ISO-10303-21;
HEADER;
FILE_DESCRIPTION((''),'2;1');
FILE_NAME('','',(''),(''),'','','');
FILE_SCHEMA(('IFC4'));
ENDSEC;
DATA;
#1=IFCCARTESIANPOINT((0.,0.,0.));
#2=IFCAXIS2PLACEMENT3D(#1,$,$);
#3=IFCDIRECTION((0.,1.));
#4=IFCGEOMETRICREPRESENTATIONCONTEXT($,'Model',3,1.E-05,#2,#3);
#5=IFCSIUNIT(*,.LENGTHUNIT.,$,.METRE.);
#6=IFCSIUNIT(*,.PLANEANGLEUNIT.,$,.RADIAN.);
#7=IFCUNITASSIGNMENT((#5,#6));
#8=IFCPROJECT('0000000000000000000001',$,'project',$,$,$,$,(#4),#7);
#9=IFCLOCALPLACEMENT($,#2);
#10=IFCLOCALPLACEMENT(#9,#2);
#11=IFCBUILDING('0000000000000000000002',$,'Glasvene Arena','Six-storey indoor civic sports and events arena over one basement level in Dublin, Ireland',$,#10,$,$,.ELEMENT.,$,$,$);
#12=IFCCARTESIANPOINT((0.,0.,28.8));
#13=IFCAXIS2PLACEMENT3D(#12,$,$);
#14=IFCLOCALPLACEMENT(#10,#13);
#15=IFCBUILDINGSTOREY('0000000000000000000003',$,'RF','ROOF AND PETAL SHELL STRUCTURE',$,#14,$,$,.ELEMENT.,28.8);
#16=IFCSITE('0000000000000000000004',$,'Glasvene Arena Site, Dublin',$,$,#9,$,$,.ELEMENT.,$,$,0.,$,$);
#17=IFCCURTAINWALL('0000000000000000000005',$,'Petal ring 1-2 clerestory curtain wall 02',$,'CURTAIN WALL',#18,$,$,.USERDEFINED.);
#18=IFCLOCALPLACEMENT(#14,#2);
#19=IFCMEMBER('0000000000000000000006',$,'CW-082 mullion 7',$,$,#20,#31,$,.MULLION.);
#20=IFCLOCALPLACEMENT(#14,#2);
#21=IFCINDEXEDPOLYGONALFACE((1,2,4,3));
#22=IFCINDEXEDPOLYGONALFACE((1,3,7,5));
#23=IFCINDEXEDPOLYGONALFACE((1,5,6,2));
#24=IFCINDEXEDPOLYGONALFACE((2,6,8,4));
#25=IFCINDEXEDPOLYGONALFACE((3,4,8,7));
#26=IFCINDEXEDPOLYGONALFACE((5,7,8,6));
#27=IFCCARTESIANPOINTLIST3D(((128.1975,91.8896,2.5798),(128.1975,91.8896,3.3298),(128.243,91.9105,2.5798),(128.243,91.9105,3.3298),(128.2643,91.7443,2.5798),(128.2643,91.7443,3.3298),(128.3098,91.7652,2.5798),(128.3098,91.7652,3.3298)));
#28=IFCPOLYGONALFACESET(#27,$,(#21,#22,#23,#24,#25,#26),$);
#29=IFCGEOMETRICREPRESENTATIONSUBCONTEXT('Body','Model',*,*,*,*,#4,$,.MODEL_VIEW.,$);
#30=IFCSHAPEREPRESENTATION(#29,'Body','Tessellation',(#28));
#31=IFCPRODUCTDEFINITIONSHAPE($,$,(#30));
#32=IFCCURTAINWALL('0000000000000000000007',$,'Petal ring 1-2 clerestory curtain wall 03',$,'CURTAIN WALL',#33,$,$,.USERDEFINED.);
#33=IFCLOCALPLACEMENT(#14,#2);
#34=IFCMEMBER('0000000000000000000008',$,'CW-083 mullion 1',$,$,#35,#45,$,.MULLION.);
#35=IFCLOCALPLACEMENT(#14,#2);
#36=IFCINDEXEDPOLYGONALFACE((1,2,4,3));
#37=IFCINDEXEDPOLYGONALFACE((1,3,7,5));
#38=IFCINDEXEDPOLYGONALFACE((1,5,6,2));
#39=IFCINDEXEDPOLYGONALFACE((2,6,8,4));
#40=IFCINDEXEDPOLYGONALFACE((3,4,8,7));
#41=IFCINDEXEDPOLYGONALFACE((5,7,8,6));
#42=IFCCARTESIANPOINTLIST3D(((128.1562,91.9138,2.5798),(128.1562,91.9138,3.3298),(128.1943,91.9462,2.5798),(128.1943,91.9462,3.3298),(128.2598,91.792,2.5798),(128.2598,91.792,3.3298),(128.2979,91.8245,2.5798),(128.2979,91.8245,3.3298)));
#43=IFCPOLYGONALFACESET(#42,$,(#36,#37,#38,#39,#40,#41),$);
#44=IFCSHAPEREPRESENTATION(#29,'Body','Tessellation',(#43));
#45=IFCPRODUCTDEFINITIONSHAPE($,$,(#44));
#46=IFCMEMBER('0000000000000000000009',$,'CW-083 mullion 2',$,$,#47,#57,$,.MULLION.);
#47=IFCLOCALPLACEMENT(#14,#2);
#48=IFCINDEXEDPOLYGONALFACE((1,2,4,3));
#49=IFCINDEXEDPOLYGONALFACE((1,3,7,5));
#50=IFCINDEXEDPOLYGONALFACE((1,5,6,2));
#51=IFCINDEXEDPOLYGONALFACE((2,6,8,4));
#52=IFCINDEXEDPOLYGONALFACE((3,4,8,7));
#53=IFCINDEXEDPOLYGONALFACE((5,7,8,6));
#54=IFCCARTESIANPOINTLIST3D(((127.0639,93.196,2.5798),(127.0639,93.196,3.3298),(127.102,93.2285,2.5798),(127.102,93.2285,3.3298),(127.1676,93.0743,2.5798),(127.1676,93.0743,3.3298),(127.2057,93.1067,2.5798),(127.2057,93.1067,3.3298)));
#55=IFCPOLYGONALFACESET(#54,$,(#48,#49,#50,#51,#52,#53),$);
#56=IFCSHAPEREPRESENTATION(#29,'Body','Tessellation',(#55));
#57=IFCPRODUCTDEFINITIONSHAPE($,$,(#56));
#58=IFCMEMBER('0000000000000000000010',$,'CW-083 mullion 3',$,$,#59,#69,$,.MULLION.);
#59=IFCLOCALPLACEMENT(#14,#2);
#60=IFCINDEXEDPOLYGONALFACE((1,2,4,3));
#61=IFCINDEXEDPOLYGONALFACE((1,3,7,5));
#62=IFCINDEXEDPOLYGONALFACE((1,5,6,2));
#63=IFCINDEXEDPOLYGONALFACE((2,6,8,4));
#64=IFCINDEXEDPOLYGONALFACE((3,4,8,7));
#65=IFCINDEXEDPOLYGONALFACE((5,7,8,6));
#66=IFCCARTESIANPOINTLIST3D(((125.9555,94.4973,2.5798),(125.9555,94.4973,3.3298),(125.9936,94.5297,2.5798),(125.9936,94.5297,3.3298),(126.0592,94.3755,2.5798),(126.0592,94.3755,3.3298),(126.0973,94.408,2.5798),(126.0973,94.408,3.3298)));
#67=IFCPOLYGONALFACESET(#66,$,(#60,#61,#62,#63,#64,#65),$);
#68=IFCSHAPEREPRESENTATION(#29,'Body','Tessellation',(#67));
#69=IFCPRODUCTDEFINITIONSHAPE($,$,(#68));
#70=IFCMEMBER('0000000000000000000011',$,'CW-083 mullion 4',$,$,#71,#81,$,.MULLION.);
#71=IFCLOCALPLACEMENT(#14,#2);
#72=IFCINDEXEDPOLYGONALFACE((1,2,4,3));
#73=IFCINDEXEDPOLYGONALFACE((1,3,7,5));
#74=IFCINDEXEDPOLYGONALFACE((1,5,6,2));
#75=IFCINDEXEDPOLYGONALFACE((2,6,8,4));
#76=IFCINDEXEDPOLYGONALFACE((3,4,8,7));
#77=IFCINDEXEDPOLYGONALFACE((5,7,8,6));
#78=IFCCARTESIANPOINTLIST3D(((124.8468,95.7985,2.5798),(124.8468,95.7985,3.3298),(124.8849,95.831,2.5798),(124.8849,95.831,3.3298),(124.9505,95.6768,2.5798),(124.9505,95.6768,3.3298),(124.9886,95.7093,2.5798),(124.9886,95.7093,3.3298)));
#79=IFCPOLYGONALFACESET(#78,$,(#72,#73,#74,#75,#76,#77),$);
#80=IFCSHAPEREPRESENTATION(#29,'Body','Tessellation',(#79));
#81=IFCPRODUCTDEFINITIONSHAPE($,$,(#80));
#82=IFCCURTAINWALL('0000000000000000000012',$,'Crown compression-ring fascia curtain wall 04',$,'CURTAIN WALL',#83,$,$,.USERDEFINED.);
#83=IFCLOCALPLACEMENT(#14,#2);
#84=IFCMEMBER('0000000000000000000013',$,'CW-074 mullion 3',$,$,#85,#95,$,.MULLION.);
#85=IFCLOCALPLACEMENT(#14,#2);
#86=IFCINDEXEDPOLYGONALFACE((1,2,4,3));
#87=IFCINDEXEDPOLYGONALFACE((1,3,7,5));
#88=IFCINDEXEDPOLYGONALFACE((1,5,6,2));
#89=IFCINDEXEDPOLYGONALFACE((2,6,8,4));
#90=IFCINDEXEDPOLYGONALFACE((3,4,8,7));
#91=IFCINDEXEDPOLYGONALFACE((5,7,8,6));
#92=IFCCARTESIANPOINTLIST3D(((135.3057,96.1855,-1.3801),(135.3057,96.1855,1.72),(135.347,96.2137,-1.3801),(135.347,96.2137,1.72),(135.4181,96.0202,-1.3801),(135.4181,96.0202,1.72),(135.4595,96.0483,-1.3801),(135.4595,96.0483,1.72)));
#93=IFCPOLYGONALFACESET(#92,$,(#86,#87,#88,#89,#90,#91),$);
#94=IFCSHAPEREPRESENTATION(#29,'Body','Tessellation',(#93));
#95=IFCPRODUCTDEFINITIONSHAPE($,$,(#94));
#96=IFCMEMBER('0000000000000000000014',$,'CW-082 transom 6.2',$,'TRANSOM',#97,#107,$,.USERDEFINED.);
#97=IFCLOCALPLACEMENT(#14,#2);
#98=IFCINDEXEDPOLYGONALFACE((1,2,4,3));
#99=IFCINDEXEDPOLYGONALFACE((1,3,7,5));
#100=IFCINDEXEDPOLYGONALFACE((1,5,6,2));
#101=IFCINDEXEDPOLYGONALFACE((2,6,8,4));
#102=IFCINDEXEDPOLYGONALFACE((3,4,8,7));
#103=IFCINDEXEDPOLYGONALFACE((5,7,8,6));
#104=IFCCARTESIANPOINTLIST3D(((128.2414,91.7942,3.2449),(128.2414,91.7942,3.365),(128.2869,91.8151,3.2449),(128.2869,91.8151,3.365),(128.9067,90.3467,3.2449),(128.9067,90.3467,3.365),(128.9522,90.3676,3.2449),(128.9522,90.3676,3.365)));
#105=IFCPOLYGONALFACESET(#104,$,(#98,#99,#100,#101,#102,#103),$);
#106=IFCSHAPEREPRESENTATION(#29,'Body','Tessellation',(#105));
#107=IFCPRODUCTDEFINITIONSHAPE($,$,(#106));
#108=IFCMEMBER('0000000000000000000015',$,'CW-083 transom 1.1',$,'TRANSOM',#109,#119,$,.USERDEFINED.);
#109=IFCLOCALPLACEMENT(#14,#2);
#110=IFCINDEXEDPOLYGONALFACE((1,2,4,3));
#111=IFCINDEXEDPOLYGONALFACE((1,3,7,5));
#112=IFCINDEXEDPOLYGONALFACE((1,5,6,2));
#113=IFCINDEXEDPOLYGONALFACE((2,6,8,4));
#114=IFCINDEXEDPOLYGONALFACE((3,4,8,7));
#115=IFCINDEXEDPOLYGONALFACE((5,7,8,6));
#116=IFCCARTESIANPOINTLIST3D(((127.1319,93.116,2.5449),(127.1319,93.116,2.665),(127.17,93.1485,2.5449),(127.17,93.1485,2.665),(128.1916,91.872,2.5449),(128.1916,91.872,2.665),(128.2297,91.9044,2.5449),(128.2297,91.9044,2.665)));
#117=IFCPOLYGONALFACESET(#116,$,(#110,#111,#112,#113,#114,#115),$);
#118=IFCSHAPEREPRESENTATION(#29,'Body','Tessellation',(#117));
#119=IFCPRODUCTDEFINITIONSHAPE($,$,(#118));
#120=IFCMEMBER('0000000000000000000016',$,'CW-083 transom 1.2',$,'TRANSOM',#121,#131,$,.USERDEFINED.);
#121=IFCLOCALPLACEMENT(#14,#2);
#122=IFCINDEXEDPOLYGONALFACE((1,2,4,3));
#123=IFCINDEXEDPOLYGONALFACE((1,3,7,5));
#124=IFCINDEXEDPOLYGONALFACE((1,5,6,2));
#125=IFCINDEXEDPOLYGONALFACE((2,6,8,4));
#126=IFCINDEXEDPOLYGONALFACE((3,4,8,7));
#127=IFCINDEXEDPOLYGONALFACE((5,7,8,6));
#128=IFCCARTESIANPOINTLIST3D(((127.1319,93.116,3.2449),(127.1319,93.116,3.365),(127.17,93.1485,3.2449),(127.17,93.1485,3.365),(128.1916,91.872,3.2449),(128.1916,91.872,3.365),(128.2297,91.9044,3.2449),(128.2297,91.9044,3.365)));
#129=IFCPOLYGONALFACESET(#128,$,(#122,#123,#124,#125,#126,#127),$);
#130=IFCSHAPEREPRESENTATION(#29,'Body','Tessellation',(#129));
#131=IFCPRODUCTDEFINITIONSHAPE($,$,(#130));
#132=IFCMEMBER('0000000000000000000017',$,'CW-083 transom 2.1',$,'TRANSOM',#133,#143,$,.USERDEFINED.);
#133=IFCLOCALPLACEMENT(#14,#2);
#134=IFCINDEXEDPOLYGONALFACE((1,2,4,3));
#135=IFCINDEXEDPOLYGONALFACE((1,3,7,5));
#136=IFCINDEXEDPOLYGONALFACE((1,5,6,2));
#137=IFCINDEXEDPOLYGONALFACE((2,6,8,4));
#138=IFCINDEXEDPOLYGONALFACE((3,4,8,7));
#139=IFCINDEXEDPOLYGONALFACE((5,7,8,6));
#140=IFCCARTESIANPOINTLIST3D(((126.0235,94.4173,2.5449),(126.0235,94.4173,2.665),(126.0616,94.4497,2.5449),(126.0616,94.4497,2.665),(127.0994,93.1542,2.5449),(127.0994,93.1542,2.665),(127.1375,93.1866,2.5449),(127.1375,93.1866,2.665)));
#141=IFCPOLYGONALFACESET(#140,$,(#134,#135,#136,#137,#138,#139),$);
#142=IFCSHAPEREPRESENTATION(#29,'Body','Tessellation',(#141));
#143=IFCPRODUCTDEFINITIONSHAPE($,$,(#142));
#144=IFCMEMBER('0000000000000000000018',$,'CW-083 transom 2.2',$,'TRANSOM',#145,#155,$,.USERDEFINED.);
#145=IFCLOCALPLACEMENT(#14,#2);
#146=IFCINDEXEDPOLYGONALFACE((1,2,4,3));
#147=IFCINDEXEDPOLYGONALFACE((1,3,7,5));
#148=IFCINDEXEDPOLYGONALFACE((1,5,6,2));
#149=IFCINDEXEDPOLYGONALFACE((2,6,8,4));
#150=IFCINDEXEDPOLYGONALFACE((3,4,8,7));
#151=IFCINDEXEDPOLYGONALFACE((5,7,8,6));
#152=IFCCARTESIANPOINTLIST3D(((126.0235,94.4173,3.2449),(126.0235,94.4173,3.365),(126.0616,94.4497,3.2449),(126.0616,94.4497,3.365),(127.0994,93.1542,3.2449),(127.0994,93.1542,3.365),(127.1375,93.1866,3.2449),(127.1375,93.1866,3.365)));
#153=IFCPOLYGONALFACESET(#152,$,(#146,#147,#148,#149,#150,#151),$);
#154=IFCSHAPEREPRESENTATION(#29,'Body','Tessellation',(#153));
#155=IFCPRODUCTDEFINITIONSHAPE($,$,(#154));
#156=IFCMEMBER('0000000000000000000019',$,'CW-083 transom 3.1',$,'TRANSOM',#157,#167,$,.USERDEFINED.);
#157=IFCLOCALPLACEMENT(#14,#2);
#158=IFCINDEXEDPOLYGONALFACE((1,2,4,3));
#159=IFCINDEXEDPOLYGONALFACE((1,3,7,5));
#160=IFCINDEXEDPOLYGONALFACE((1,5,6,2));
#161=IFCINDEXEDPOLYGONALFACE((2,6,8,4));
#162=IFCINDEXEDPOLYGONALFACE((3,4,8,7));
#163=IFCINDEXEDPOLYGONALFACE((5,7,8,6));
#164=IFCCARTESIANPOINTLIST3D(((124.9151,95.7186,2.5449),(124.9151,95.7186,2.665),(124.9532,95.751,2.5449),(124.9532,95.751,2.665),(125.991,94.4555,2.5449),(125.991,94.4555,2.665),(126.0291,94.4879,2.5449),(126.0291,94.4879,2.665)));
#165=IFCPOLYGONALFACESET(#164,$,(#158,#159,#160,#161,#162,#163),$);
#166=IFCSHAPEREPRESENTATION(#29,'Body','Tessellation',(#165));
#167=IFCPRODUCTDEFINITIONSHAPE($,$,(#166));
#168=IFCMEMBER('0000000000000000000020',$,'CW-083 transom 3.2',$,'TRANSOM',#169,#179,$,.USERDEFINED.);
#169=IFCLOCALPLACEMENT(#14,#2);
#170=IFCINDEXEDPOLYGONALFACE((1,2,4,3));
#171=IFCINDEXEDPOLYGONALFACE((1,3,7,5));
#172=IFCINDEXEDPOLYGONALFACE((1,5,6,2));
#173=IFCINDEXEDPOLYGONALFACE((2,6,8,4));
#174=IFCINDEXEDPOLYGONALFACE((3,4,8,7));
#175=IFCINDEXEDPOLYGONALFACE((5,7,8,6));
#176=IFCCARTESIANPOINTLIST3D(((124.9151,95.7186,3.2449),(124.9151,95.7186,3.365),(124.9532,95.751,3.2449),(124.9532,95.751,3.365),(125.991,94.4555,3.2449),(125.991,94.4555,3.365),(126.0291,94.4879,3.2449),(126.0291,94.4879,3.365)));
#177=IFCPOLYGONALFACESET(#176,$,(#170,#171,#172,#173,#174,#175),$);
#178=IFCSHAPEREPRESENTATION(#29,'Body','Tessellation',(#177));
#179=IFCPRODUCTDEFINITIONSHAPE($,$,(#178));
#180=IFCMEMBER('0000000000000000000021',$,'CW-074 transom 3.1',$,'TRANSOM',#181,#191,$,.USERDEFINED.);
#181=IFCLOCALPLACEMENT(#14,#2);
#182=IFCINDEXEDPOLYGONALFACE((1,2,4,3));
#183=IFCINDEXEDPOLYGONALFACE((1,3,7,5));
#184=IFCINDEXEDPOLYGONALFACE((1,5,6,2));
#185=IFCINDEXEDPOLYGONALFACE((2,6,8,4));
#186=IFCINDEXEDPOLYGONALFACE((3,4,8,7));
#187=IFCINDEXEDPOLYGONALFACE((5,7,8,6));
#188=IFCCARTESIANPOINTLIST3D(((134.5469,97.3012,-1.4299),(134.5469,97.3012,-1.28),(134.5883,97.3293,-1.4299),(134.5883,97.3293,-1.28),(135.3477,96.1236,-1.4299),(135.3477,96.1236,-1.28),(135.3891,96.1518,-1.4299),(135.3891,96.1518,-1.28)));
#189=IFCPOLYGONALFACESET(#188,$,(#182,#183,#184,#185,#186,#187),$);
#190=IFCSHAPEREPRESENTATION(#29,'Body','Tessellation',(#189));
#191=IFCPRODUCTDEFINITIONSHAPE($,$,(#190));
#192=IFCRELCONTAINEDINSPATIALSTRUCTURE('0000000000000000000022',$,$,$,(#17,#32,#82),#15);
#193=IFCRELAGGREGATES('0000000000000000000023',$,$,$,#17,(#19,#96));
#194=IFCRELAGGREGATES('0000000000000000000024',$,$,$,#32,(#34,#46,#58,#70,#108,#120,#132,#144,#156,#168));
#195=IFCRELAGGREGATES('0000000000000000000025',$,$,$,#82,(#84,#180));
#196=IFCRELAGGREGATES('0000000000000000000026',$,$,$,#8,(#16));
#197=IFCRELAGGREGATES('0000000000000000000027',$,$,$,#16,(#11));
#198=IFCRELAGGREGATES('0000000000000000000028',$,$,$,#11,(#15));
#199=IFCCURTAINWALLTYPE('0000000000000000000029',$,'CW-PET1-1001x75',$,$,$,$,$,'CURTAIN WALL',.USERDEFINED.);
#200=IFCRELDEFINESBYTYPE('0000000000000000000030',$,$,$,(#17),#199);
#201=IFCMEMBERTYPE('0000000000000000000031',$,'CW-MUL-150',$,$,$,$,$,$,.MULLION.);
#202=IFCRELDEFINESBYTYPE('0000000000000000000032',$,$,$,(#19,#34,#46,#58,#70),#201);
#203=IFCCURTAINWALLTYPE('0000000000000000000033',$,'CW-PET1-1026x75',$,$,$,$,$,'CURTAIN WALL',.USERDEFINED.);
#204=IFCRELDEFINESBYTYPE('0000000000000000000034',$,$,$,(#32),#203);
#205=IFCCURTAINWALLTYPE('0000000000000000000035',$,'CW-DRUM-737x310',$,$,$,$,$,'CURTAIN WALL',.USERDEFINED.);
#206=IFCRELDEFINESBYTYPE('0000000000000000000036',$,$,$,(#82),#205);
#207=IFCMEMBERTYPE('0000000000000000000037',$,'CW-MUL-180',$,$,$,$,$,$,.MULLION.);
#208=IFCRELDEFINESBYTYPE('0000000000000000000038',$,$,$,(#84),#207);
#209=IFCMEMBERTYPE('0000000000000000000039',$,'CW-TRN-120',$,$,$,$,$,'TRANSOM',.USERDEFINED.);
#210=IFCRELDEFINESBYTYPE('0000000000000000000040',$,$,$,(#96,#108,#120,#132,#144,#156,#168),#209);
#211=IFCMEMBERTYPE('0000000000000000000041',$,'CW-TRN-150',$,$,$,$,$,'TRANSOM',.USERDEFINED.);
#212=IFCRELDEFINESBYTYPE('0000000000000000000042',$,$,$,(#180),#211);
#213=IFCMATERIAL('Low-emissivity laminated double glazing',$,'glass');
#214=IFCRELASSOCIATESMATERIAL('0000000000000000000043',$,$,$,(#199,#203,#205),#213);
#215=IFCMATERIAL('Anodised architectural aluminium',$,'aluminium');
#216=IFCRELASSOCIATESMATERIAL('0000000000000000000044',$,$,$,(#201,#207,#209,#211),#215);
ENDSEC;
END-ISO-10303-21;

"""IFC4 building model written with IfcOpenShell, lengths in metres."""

from ifc_helpers import new_model, si_unit, direction, frame, origin, origin_2d, place, context, subcontext, project, spatial, rectangle, extrude, material, material_profile, profile_set, type_object, element, aggregate, save


model = new_model("IFC4")

# Units and contexts
model_context = context("Model", 3, precision=1e-05, world=origin(), true_north=direction((0.0, 1.0)))
body_context = subcontext(model_context, "Body", "Model", "MODEL_VIEW")
ifc_project = project(units=[si_unit("LENGTHUNIT", "METRE"), si_unit("PLANEANGLEUNIT", "RADIAN")], contexts=[model_context])

# Site, building, storey
site_placement = place(None, origin())
site = spatial("IfcSite", under=ifc_project, at=site_placement, Name="Glasvene Arena Site, Dublin", CompositionType="ELEMENT", RefElevation=0.0)
building_placement = place(site_placement, origin())
building = spatial("IfcBuilding", under=site, at=building_placement, Name="Glasvene Arena", Description="Six-storey indoor civic sports and events arena over one basement level in Dublin, Ireland", CompositionType="ELEMENT")
storey_placement = place(building_placement, frame((0.0, 0.0, 28.8)))
storey = spatial("IfcBuildingStorey", under=building, at=storey_placement, Name="RF", Description="ROOF AND PETAL SHELL STRUCTURE", CompositionType="ELEMENT", Elevation=28.8)

# Curtain wall, member
ifc_material_1 = material(Name="Low-emissivity laminated double glazing", Category="glass")
curtain_wall_type_1 = type_object("IfcCurtainWallType", Name="CW-PET1-1001x75", ElementType="CURTAIN WALL", PredefinedType="USERDEFINED", material=ifc_material_1)
curtain_wall_1_placement = place(storey_placement, frame((132.4241, 82.7576, 0.0)))
curtain_wall_1 = element("IfcCurtainWall", 1, at=curtain_wall_1_placement, inside=storey, type_object=curtain_wall_type_1, Name="Petal ring 1-2 clerestory curtain wall 02", ObjectType="CURTAIN WALL", PredefinedType="USERDEFINED")
ifc_material_2 = material(Name="Anodised architectural aluminium", Category="aluminium")
ifc_material_profile_1 = material_profile(ifc_material_2, rectangle(XDim=0.05, YDim=0.1599, at=origin_2d()), Name="ALU MULLION 50x160")
ifc_profile_set_1 = profile_set([ifc_material_profile_1], Name="Anodised architectural aluminium")
member_type_1 = type_object("IfcMemberType", Name="CW-MUL-150", PredefinedType="MULLION", material=ifc_profile_set_1)
member_1_placement = place(storey_placement, frame((128.2537, 91.8274, 2.5798), z_axis=(0.0, 0.0, 1.0), x_axis=(-0.908557, -0.417761, 0.0)))
member_1 = element("IfcMember", 2, at=member_1_placement, type_object=member_type_1, Name="CW-082 mullion 7", PredefinedType="MULLION", context=body_context, shape_type="SweptSolid", body=[
    extrude(rectangle(XDim=0.05, YDim=0.1599, at=origin_2d()), origin(), (0.0, 0.0, 1.0), 0.75),
])

# Curtain wall, members
curtain_wall_type_2 = type_object("IfcCurtainWallType", Name="CW-PET1-1026x75", ElementType="CURTAIN WALL", PredefinedType="USERDEFINED", material=ifc_material_1)
curtain_wall_2_placement = place(storey_placement, frame((128.2432, 91.8501, 0.0)))
curtain_wall_2 = element("IfcCurtainWall", 3, at=curtain_wall_2_placement, inside=storey, type_object=curtain_wall_type_2, Name="Petal ring 1-2 clerestory curtain wall 03", ObjectType="CURTAIN WALL", PredefinedType="USERDEFINED")
member_2_placement = place(storey_placement, frame((128.2271, 91.8691, 2.5798), z_axis=(0.0, 0.0, 1.0), x_axis=(-0.761261, -0.648445, 0.0)))
member_2 = element("IfcMember", 4, at=member_2_placement, type_object=member_type_1, Name="CW-083 mullion 1", PredefinedType="MULLION", context=body_context, shape_type="SweptSolid", body=[
    extrude(rectangle(XDim=0.05, YDim=0.1599, at=origin_2d()), origin(), (0.0, 0.0, 1.0), 0.75),
])
member_3_placement = place(storey_placement, frame((127.1348, 93.1514, 2.5798), z_axis=(0.0, 0.0, 1.0), x_axis=(-0.761261, -0.648445, 0.0)))
member_3 = element("IfcMember", 5, at=member_3_placement, type_object=member_type_1, Name="CW-083 mullion 2", PredefinedType="MULLION", context=body_context, shape_type="SweptSolid", body=[
    extrude(rectangle(XDim=0.05, YDim=0.1599, at=origin_2d()), origin(), (0.0, 0.0, 1.0), 0.75),
])
member_4_placement = place(storey_placement, frame((126.0264, 94.4526, 2.5798), z_axis=(0.0, 0.0, 1.0), x_axis=(-0.761261, -0.648445, 0.0)))
member_4 = element("IfcMember", 6, at=member_4_placement, type_object=member_type_1, Name="CW-083 mullion 3", PredefinedType="MULLION", context=body_context, shape_type="SweptSolid", body=[
    extrude(rectangle(XDim=0.05, YDim=0.1599, at=origin_2d()), origin(), (0.0, 0.0, 1.0), 0.75),
])
member_5_placement = place(storey_placement, frame((124.9177, 95.7539, 2.5798), z_axis=(0.0, 0.0, 1.0), x_axis=(-0.761261, -0.648445, 0.0)))
member_5 = element("IfcMember", 7, at=member_5_placement, type_object=member_type_1, Name="CW-083 mullion 4", PredefinedType="MULLION", context=body_context, shape_type="SweptSolid", body=[
    extrude(rectangle(XDim=0.05, YDim=0.1599, at=origin_2d()), origin(), (0.0, 0.0, 1.0), 0.75),
])

# Curtain wall, member
curtain_wall_type_3 = type_object("IfcCurtainWallType", Name="CW-DRUM-737x310", ElementType="CURTAIN WALL", PredefinedType="USERDEFINED", material=ifc_material_1)
curtain_wall_3_placement = place(storey_placement, frame((137.0403, 93.6792, 0.0)))
curtain_wall_3 = element("IfcCurtainWall", 8, at=curtain_wall_3_placement, inside=storey, type_object=curtain_wall_type_3, Name="Crown compression-ring fascia curtain wall 04", ObjectType="CURTAIN WALL", PredefinedType="USERDEFINED")
ifc_material_profile_2 = material_profile(ifc_material_2, rectangle(XDim=0.05, YDim=0.2, at=origin_2d()), Name="ALU MULLION 50x200")
ifc_profile_set_2 = profile_set([ifc_material_profile_2], Name="Anodised architectural aluminium")
member_type_2 = type_object("IfcMemberType", Name="CW-MUL-180", PredefinedType="MULLION", material=ifc_profile_set_2)
member_6_placement = place(storey_placement, frame((135.3826, 96.1169, -1.3801), z_axis=(0.0, 0.0, 1.0), x_axis=(-0.826896, -0.562354, 0.0)))
member_6 = element("IfcMember", 9, at=member_6_placement, type_object=member_type_2, Name="CW-074 mullion 3", PredefinedType="MULLION", context=body_context, shape_type="SweptSolid", body=[
    extrude(rectangle(XDim=0.05, YDim=0.2, at=origin_2d()), origin(), (0.0, 0.0, 1.0), 3.1001),
])

# Members
ifc_material_profile_3 = material_profile(ifc_material_2, rectangle(XDim=0.05, YDim=0.1201, at=origin_2d()), Name="ALU TRANSOM 50x120")
ifc_profile_set_3 = profile_set([ifc_material_profile_3], Name="Anodised architectural aluminium")
member_type_3 = type_object("IfcMemberType", Name="CW-TRN-120", ElementType="TRANSOM", PredefinedType="USERDEFINED", material=ifc_profile_set_3)
member_7_placement = place(storey_placement, frame((128.9294, 90.3572, 3.3049), z_axis=(-0.41761, 0.908627, 0.0), x_axis=(-0.908627, -0.41761, 0.0)))
member_7 = element("IfcMember", 10, at=member_7_placement, type_object=member_type_3, Name="CW-082 transom 6.2", ObjectType="TRANSOM", PredefinedType="USERDEFINED", context=body_context, shape_type="SweptSolid", body=[
    extrude(rectangle(XDim=0.05, YDim=0.1201, at=origin_2d()), origin(), (0.0, 0.0, 1.0), 1.593),
])
member_8_placement = place(storey_placement, frame((128.2107, 91.8882, 2.605), z_axis=(-0.648463, 0.761246, 0.0), x_axis=(-0.761246, -0.648463, 0.0)))
member_8 = element("IfcMember", 11, at=member_8_placement, type_object=member_type_3, Name="CW-083 transom 1.1", ObjectType="TRANSOM", PredefinedType="USERDEFINED", context=body_context, shape_type="SweptSolid", body=[
    extrude(rectangle(XDim=0.05, YDim=0.1201, at=origin_2d()), origin(), (0.0, 0.0, 1.0), 1.6343),
])
member_9_placement = place(storey_placement, frame((128.2107, 91.8882, 3.3049), z_axis=(-0.648463, 0.761246, 0.0), x_axis=(-0.761246, -0.648463, 0.0)))
member_9 = element("IfcMember", 12, at=member_9_placement, type_object=member_type_3, Name="CW-083 transom 1.2", ObjectType="TRANSOM", PredefinedType="USERDEFINED", context=body_context, shape_type="SweptSolid", body=[
    extrude(rectangle(XDim=0.05, YDim=0.1201, at=origin_2d()), origin(), (0.0, 0.0, 1.0), 1.6343),
])
member_10_placement = place(storey_placement, frame((127.1184, 93.1704, 2.605), z_axis=(-0.648425, 0.761278, 0.0), x_axis=(-0.761278, -0.648425, 0.0)))
member_10 = element("IfcMember", 13, at=member_10_placement, type_object=member_type_3, Name="CW-083 transom 2.1", ObjectType="TRANSOM", PredefinedType="USERDEFINED", context=body_context, shape_type="SweptSolid", body=[
    extrude(rectangle(XDim=0.05, YDim=0.1201, at=origin_2d()), origin(), (0.0, 0.0, 1.0), 1.6592),
])
member_11_placement = place(storey_placement, frame((127.1184, 93.1704, 3.3049), z_axis=(-0.648425, 0.761278, 0.0), x_axis=(-0.761278, -0.648425, 0.0)))
member_11 = element("IfcMember", 14, at=member_11_placement, type_object=member_type_3, Name="CW-083 transom 2.2", ObjectType="TRANSOM", PredefinedType="USERDEFINED", context=body_context, shape_type="SweptSolid", body=[
    extrude(rectangle(XDim=0.05, YDim=0.1201, at=origin_2d()), origin(), (0.0, 0.0, 1.0), 1.6592),
])
member_12_placement = place(storey_placement, frame((126.01, 94.4717, 2.605), z_axis=(-0.648425, 0.761278, 0.0), x_axis=(-0.761278, -0.648425, 0.0)))
member_12 = element("IfcMember", 15, at=member_12_placement, type_object=member_type_3, Name="CW-083 transom 3.1", ObjectType="TRANSOM", PredefinedType="USERDEFINED", context=body_context, shape_type="SweptSolid", body=[
    extrude(rectangle(XDim=0.05, YDim=0.1201, at=origin_2d()), origin(), (0.0, 0.0, 1.0), 1.6592),
])
member_13_placement = place(storey_placement, frame((126.01, 94.4717, 3.3049), z_axis=(-0.648425, 0.761278, 0.0), x_axis=(-0.761278, -0.648425, 0.0)))
member_13 = element("IfcMember", 16, at=member_13_placement, type_object=member_type_3, Name="CW-083 transom 3.2", ObjectType="TRANSOM", PredefinedType="USERDEFINED", context=body_context, shape_type="SweptSolid", body=[
    extrude(rectangle(XDim=0.05, YDim=0.1201, at=origin_2d()), origin(), (0.0, 0.0, 1.0), 1.6592),
])
ifc_material_profile_4 = material_profile(ifc_material_2, rectangle(XDim=0.05, YDim=0.1499, at=origin_2d()), Name="ALU TRANSOM 50x150")
ifc_profile_set_4 = profile_set([ifc_material_profile_4], Name="Anodised architectural aluminium")
member_type_4 = type_object("IfcMemberType", Name="CW-TRN-150", ElementType="TRANSOM", PredefinedType="USERDEFINED", material=ifc_profile_set_4)
member_14_placement = place(storey_placement, frame((135.3684, 96.1377, -1.355), z_axis=(-0.562352, 0.826898, 0.0), x_axis=(-0.826898, -0.562352, 0.0)))
member_14 = element("IfcMember", 17, at=member_14_placement, type_object=member_type_4, Name="CW-074 transom 3.1", ObjectType="TRANSOM", PredefinedType="USERDEFINED", context=body_context, shape_type="SweptSolid", body=[
    extrude(rectangle(XDim=0.05, YDim=0.1499, at=origin_2d()), origin(), (0.0, 0.0, 1.0), 1.4241),
])

aggregate(curtain_wall_1, [member_1, member_7])
aggregate(curtain_wall_2, [member_2, member_3, member_4, member_5, member_8, member_9, member_10, member_11, member_12, member_13])
aggregate(curtain_wall_3, [member_6, member_14])

save(model, "model.ifc")
